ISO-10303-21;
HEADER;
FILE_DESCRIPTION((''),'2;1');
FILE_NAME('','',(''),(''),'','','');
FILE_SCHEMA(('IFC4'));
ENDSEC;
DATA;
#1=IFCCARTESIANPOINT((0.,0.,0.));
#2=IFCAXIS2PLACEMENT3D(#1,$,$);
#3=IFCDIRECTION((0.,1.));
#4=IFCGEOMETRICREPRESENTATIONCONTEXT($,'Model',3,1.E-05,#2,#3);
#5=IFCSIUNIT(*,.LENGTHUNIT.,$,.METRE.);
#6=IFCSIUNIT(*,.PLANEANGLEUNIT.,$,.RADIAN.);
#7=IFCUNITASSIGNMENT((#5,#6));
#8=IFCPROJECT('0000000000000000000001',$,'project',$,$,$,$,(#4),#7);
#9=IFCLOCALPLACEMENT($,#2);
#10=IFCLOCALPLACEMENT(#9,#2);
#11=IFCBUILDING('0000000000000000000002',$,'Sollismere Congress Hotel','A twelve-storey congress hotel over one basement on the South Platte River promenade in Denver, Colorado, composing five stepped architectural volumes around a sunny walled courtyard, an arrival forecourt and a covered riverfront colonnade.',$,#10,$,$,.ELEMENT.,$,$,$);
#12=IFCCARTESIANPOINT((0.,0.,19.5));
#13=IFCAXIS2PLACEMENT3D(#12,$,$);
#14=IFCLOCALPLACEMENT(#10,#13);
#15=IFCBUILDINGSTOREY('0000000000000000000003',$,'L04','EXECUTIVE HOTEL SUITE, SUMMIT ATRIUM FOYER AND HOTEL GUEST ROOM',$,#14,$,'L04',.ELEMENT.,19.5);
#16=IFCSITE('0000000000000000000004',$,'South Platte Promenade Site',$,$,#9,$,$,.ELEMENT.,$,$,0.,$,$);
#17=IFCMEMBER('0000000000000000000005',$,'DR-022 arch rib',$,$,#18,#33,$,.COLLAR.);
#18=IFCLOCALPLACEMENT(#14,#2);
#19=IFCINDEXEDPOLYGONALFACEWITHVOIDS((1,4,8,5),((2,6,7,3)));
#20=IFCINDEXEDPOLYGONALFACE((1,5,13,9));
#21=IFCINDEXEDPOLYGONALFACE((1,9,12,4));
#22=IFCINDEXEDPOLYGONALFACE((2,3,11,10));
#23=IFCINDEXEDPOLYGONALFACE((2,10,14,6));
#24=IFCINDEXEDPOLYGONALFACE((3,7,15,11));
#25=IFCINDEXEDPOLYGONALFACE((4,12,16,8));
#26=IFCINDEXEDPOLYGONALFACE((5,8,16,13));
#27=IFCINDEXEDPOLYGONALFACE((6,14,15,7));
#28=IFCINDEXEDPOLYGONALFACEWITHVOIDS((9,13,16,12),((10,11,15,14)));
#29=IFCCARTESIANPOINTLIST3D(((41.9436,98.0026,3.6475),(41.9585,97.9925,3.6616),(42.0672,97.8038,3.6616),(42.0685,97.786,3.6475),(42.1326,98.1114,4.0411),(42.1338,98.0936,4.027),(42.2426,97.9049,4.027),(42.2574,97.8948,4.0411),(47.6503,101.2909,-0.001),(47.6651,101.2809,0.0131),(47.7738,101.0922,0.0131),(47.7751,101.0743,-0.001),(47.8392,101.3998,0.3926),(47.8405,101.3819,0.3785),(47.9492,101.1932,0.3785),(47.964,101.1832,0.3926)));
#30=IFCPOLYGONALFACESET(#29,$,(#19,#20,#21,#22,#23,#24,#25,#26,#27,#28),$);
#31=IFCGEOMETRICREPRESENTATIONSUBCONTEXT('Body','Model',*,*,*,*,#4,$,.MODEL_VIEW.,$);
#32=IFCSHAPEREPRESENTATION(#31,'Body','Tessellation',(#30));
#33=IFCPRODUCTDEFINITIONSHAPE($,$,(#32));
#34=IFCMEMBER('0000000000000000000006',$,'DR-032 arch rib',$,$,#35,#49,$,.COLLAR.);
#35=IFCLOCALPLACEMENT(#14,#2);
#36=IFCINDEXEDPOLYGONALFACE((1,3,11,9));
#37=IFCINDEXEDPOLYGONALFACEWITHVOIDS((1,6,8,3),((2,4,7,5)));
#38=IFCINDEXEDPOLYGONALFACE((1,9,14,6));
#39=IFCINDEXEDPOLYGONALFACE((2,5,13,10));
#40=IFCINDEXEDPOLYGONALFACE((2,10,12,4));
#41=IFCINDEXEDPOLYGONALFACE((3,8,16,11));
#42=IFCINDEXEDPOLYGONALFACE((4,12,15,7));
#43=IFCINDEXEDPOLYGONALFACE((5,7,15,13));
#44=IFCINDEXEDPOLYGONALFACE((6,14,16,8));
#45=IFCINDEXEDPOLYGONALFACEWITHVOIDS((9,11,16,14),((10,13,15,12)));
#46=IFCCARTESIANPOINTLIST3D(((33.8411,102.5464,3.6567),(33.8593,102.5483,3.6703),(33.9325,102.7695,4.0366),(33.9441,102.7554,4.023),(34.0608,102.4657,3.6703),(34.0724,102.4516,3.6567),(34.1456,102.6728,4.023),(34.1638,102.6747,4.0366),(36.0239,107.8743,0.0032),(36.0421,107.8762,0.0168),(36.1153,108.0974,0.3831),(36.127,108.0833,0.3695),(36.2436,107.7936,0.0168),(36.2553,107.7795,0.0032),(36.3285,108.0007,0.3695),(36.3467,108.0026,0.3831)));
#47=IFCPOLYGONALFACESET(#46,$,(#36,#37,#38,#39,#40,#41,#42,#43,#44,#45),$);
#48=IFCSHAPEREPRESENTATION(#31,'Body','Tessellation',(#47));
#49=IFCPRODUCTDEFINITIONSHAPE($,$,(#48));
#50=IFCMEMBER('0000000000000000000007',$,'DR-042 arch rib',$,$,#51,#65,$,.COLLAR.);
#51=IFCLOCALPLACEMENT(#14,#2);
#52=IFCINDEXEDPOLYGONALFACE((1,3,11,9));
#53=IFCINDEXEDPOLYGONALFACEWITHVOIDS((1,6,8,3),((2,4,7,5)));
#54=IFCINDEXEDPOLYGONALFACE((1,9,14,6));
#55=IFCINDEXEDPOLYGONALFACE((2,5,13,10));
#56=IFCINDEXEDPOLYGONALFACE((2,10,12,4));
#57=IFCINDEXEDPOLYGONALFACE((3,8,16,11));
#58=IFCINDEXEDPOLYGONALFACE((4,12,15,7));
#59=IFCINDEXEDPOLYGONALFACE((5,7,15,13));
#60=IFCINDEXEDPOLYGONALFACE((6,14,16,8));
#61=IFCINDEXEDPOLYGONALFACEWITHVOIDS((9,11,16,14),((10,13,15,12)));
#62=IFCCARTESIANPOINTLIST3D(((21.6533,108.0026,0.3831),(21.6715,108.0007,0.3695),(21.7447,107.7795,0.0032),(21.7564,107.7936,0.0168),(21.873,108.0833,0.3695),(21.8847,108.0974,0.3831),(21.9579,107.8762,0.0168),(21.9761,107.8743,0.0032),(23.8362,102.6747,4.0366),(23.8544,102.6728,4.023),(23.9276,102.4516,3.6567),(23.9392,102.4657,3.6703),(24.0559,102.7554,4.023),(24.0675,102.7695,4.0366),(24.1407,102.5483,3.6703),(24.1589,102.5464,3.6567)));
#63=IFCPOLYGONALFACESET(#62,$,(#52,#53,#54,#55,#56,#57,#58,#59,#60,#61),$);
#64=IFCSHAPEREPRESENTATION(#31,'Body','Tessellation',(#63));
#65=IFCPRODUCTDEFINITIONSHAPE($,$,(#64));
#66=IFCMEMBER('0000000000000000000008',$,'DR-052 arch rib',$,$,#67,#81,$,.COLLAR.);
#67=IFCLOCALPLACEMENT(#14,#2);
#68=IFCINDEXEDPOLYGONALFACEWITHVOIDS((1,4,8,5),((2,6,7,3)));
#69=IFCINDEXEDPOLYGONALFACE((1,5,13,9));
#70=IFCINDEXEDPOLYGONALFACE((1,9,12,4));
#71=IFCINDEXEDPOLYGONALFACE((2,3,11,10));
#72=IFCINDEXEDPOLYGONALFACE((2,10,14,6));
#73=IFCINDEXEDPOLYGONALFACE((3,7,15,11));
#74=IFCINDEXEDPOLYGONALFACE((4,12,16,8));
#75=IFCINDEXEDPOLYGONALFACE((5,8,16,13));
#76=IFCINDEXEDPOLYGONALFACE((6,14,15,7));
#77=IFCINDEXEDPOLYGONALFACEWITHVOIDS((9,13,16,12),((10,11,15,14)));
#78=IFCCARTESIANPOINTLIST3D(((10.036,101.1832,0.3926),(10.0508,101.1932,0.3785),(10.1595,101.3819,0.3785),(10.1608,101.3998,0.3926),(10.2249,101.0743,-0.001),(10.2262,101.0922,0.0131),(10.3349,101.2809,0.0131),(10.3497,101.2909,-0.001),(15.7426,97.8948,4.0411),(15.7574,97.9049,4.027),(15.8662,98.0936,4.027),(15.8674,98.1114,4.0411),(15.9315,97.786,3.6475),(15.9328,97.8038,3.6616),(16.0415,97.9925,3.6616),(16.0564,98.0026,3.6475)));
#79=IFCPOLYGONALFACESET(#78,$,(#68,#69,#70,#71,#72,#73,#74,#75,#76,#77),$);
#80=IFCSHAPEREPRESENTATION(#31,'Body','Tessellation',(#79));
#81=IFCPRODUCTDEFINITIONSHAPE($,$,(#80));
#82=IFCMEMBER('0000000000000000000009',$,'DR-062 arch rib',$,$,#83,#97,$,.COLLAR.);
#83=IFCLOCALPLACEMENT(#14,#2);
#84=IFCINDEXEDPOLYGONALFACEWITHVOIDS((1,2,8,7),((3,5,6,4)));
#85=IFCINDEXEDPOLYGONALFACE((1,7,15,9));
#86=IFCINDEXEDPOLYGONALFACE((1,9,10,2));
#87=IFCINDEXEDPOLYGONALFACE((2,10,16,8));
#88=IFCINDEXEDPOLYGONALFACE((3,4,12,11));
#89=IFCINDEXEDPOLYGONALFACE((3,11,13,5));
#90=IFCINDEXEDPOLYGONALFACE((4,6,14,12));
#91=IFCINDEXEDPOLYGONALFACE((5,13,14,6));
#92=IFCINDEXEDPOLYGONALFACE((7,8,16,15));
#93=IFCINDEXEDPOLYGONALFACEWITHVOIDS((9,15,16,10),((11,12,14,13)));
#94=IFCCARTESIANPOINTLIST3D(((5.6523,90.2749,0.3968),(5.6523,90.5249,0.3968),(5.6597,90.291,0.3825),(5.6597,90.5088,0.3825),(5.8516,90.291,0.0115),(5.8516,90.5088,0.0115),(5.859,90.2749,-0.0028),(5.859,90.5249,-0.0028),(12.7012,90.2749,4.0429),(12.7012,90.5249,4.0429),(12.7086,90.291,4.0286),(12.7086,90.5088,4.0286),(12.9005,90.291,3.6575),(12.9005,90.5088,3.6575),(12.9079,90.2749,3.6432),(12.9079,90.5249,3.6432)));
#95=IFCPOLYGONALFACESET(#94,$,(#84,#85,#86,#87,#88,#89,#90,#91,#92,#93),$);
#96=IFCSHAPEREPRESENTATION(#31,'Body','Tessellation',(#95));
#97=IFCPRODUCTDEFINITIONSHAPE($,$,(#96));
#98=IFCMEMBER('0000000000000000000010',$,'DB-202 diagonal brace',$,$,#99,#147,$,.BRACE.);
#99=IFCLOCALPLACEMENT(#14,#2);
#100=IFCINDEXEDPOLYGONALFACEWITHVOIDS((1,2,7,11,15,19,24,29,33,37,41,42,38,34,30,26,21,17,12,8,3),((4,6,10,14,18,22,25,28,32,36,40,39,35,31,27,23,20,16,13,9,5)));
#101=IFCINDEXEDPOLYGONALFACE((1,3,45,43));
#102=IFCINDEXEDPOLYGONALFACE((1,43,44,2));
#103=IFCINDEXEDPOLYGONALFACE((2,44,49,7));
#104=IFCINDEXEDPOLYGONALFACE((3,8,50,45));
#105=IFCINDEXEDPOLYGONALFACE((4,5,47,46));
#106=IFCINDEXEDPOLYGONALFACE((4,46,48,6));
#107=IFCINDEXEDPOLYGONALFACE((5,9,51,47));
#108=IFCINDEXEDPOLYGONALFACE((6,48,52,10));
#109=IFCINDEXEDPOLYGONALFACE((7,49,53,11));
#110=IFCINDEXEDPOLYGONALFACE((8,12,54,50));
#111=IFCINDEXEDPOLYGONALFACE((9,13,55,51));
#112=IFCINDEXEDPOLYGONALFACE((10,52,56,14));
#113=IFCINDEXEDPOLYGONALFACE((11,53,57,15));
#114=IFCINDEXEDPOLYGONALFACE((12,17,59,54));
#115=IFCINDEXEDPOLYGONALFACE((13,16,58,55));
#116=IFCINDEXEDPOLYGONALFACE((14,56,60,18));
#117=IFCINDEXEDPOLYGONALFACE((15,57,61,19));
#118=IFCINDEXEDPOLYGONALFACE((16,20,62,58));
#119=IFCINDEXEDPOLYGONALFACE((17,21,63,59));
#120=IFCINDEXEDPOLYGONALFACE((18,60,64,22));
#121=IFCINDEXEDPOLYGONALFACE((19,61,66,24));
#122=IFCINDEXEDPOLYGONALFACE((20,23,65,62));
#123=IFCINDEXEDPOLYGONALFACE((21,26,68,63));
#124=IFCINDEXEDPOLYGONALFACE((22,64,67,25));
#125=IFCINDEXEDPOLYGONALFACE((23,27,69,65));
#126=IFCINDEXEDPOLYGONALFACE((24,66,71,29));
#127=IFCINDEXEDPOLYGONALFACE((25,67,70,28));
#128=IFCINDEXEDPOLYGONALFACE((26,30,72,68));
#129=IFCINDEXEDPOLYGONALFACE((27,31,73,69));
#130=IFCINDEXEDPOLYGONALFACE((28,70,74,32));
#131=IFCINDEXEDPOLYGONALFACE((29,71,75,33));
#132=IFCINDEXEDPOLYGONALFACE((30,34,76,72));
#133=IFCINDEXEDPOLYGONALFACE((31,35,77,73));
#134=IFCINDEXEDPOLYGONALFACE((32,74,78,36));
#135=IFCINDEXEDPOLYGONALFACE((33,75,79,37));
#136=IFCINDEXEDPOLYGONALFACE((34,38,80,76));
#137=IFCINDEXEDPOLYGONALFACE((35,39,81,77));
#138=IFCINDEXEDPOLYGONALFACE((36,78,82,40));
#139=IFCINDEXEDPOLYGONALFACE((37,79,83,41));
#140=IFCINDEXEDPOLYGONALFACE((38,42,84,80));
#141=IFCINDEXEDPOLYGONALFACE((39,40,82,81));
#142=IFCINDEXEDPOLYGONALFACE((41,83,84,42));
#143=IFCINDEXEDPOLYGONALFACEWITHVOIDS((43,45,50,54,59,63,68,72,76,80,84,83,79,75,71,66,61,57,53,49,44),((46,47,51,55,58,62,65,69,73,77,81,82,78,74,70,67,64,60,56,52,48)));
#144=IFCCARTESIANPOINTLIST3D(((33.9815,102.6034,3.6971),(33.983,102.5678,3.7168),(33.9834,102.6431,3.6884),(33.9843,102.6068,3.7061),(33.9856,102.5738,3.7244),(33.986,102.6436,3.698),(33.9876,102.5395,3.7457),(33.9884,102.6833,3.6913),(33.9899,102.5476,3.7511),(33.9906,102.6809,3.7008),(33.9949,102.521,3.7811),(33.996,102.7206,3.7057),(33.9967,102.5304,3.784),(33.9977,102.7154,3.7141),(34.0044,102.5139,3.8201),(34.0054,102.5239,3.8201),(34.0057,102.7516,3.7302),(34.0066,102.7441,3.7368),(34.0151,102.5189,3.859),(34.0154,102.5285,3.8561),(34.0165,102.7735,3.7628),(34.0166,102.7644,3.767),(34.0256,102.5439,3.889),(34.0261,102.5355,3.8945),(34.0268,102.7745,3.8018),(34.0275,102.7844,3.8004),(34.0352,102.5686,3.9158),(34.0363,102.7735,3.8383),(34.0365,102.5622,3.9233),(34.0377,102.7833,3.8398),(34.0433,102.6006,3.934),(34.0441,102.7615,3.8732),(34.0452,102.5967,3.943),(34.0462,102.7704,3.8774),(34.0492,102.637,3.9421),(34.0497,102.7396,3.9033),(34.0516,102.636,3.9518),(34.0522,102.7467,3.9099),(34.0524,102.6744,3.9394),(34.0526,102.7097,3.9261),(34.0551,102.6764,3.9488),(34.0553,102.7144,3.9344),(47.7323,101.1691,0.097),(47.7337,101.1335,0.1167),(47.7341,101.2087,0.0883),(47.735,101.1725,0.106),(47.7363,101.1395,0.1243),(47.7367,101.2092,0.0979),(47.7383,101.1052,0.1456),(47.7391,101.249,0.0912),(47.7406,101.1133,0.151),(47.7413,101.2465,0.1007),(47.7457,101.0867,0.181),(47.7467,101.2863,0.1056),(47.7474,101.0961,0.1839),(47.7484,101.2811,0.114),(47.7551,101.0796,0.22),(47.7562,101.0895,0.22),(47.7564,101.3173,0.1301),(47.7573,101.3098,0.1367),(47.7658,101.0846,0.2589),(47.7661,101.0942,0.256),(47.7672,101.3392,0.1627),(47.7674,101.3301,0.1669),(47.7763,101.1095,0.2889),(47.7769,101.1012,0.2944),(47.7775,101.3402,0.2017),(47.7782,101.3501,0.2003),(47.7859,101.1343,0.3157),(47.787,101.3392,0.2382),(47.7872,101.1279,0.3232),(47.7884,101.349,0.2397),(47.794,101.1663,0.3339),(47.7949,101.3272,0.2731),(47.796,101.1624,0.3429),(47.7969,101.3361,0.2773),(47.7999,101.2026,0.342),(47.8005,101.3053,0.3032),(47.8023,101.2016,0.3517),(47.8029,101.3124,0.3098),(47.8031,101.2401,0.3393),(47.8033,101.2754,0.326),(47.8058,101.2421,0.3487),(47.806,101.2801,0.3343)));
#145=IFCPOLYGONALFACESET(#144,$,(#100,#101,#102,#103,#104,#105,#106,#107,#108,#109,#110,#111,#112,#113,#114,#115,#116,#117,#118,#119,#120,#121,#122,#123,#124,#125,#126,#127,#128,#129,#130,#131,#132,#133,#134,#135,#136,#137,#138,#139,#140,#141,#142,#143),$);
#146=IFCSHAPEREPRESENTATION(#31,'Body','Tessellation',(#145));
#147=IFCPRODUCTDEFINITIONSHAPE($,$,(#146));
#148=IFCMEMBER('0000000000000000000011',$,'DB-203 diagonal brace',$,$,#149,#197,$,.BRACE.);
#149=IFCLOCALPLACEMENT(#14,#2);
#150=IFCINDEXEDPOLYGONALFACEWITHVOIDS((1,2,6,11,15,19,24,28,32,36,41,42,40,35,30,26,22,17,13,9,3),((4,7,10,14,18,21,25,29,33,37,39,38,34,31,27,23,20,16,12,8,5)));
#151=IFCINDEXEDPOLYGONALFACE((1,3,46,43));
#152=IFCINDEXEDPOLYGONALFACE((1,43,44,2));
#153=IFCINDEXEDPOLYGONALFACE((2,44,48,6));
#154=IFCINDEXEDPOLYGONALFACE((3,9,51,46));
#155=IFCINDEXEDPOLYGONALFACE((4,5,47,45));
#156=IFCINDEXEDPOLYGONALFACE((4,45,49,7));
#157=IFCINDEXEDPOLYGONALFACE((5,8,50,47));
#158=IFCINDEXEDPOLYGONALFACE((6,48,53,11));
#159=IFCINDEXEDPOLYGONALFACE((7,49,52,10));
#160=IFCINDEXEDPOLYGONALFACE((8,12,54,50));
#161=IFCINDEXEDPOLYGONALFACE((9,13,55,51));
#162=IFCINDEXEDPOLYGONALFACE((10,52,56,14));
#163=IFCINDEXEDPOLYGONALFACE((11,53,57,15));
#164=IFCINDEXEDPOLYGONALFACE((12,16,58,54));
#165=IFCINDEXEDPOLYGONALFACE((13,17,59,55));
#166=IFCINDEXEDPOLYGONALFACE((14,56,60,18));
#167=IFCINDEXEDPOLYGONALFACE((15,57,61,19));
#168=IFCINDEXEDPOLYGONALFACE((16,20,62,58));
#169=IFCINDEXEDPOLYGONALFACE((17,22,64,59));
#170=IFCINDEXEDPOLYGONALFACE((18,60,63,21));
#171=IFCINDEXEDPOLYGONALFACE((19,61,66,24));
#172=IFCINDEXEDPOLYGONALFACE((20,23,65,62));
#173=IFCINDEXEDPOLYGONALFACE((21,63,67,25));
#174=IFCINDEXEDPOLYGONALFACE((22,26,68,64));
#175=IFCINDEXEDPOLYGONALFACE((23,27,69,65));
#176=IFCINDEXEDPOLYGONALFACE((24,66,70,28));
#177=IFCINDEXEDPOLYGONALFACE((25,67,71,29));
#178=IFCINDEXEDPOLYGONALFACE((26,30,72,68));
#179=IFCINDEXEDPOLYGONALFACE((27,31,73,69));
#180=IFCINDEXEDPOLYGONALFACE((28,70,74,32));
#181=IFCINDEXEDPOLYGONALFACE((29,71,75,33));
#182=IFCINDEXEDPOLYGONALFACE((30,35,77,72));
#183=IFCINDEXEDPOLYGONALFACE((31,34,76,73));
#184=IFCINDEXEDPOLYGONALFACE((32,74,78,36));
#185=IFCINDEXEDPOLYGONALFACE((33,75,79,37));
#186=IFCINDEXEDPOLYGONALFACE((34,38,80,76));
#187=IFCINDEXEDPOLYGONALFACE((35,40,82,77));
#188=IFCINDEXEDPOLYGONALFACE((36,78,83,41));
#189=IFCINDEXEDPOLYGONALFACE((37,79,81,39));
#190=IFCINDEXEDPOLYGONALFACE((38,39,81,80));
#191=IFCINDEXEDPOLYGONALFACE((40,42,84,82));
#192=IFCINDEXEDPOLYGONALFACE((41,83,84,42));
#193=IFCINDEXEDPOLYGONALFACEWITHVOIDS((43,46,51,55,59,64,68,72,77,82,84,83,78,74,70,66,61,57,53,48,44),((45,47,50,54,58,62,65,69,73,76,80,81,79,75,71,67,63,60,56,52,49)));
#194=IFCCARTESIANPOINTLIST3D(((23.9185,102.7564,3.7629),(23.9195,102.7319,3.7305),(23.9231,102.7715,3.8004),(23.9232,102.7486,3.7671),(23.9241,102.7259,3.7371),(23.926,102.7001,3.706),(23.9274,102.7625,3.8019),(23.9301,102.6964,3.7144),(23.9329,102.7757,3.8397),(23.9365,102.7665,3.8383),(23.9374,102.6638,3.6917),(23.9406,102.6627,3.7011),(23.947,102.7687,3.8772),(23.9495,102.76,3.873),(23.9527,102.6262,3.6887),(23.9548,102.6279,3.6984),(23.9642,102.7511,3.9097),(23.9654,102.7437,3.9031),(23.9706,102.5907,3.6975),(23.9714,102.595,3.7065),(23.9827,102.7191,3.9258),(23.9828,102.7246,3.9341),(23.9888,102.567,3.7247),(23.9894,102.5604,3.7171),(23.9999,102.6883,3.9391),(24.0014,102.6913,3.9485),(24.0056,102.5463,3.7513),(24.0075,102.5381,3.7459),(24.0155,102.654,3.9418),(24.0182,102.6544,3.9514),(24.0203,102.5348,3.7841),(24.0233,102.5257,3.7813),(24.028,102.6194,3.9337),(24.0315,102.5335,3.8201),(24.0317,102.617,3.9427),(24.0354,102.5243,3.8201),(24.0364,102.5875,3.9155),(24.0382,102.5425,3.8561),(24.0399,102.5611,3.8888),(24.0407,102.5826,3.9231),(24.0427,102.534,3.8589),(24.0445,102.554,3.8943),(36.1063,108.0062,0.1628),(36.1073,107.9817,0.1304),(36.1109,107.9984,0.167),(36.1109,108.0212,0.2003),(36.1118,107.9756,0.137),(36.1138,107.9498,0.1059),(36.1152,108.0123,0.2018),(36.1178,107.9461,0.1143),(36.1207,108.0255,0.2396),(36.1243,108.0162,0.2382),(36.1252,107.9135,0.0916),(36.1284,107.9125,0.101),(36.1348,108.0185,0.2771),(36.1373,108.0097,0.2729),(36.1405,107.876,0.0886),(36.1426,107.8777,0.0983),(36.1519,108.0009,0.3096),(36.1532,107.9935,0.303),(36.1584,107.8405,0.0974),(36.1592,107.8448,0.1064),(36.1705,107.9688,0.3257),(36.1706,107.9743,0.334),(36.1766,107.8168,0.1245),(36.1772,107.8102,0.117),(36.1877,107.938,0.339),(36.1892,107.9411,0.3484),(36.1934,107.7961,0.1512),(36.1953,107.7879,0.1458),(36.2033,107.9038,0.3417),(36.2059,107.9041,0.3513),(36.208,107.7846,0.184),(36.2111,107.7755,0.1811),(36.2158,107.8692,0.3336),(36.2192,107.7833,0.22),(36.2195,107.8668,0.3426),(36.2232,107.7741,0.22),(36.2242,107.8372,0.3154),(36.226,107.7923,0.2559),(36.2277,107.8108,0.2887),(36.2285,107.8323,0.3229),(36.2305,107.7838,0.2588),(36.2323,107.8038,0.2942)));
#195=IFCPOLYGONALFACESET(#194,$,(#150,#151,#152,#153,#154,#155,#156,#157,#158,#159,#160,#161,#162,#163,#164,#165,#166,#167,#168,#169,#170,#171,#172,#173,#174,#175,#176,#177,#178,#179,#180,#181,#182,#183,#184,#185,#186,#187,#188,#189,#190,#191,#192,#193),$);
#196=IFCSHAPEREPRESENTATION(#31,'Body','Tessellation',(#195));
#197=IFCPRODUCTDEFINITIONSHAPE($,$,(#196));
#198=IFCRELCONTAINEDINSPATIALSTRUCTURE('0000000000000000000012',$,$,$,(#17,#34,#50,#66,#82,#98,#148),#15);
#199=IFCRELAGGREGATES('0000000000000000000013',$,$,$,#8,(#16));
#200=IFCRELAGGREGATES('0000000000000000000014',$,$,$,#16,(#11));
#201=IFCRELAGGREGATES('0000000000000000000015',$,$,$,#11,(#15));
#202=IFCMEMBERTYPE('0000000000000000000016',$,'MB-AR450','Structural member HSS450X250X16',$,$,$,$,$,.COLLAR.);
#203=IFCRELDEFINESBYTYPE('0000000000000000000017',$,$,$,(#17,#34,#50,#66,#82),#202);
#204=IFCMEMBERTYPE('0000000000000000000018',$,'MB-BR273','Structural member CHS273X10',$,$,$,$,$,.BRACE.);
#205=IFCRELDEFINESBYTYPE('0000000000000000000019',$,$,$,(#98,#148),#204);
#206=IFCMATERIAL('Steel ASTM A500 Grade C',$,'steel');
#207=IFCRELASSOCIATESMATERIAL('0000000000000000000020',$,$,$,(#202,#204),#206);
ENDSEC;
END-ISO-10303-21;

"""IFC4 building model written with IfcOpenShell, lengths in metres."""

from ifc_helpers import new_model, si_unit, direction, frame, origin, origin_2d, place, context, subcontext, project, spatial, hollow_rectangle, hollow_circle, extrude, material, material_profile, profile_set, type_object, element, save


model = new_model("IFC4")

# Units and contexts
model_context = context("Model", 3, precision=1e-05, world=origin(), true_north=direction((0.0, 1.0)))
body_context = subcontext(model_context, "Body", "Model", "MODEL_VIEW")
ifc_project = project(units=[si_unit("LENGTHUNIT", "METRE"), si_unit("PLANEANGLEUNIT", "RADIAN")], contexts=[model_context])

# Site, building, storey
site_placement = place(None, origin())
site = spatial("IfcSite", under=ifc_project, at=site_placement, Name="South Platte Promenade Site", CompositionType="ELEMENT", RefElevation=0.0)
building_placement = place(site_placement, origin())
building = spatial("IfcBuilding", under=site, at=building_placement, Name="Sollismere Congress Hotel", Description="A twelve-storey congress hotel over one basement on the South Platte River promenade in Denver, Colorado, composing five stepped architectural volumes around a sunny walled courtyard, an arrival forecourt and a covered riverfront colonnade.", CompositionType="ELEMENT")
storey_placement = place(building_placement, frame((0.0, 0.0, 19.5)))
storey = spatial("IfcBuildingStorey", under=building, at=storey_placement, Name="L04", Description="EXECUTIVE HOTEL SUITE, SUMMIT ATRIUM FOYER AND HOTEL GUEST ROOM", LongName="L04", CompositionType="ELEMENT", Elevation=19.5)

# Members
ifc_material_1 = material(Name="Steel ASTM A500 Grade C", Category="steel")
ifc_material_profile_1 = material_profile(ifc_material_1, hollow_rectangle(XDim=0.25, YDim=0.45, WallThickness=0.0161, at=origin_2d()), Name="HSS450X250X16")
ifc_profile_set_1 = profile_set([ifc_material_profile_1], Name="Steel ASTM A500 Grade C")
member_type_1 = type_object("IfcMemberType", Name="MB-AR450", Description="Structural member HSS450X250X16", PredefinedType="COLLAR", material=ifc_profile_set_1)
member_1_placement = place(storey_placement, frame((47.8071, 101.2371, 0.1958), z_axis=(-0.757922, -0.436744, 0.484572), x_axis=(0.499277, -0.866442, 0.0)))
element("IfcMember", 1, at=member_1_placement, inside=storey, type_object=member_type_1, Name="DR-022 arch rib", PredefinedType="COLLAR", context=body_context, shape_type="SweptSolid", body=[
    extrude(hollow_rectangle(XDim=0.25, YDim=0.45, WallThickness=0.0161, at=origin_2d()), origin(), (0.0, 0.0, 1.0), 7.5293),
])
for number, where, z_axis, x_axis, name in (
    (2, (36.1853, 107.9385, 0.1931), (-0.320111, -0.781321, 0.535786), (0.925348, -0.37912, 0.0), "DR-032 arch rib"),
    (3, (21.8147, 107.9385, 0.1931), (0.320111, -0.781321, 0.535786), (0.925348, 0.37912, 0.0), "DR-042 arch rib"),
):
    element("IfcMember", number, at=place(storey_placement, frame(where, z_axis=z_axis, x_axis=x_axis)), inside=storey, type_object=member_type_1, Name=name, PredefinedType="COLLAR", context=body_context, shape_type="SweptSolid", body=[
        extrude(hollow_rectangle(XDim=0.25, YDim=0.45, WallThickness=0.0161, at=origin_2d()), origin(), (0.0, 0.0, 1.0), 6.8191),
    ])
member_2_placement = place(storey_placement, frame((10.1929, 101.2371, 0.1958), z_axis=(0.757922, -0.436744, 0.484572), x_axis=(0.499277, 0.866442, 0.0)))
element("IfcMember", 4, at=member_2_placement, inside=storey, type_object=member_type_1, Name="DR-052 arch rib", PredefinedType="COLLAR", context=body_context, shape_type="SweptSolid", body=[
    extrude(hollow_rectangle(XDim=0.25, YDim=0.45, WallThickness=0.0161, at=origin_2d()), origin(), (0.0, 0.0, 1.0), 7.5293),
])
member_3_placement = place(storey_placement, frame((5.7556, 90.3999, 0.197), z_axis=(0.888215, 0.0, 0.459428), x_axis=(0.0, 1.0, 0.0)))
element("IfcMember", 5, at=member_3_placement, inside=storey, type_object=member_type_1, Name="DR-062 arch rib", PredefinedType="COLLAR", context=body_context, shape_type="SweptSolid", body=[
    extrude(hollow_rectangle(XDim=0.25, YDim=0.45, WallThickness=0.0161, at=origin_2d()), origin(), (0.0, 0.0, 1.0), 7.936),
])
ifc_material_profile_2 = material_profile(ifc_material_1, hollow_circle(Radius=0.1365, WallThickness=0.01, at=origin_2d()), Name="CHS273X10")
ifc_profile_set_2 = profile_set([ifc_material_profile_2], Name="Steel ASTM A500 Grade C")
member_type_2 = type_object("IfcMemberType", Name="MB-BR273", Description="Structural member CHS273X10", PredefinedType="BRACE", material=ifc_profile_set_2)
member_4_placement = place(storey_placement, frame((47.7693, 101.2153, 0.22), z_axis=(-0.962506, 0.100398, 0.251995), x_axis=(-0.103746, -0.994604, 0.0)))
element("IfcMember", 6, at=member_4_placement, inside=storey, type_object=member_type_2, Name="DB-202 diagonal brace", PredefinedType="BRACE", context=body_context, shape_type="SweptSolid", body=[
    extrude(hollow_circle(Radius=0.1365, WallThickness=0.01, at=origin_2d()), origin(), (0.0, 0.0, 1.0), 14.2864),
])
member_5_placement = place(storey_placement, frame((36.1692, 107.8994, 0.22), z_axis=(-0.886383, -0.381801, 0.261826), x_axis=(0.395602, -0.918422, 0.0)))
element("IfcMember", 7, at=member_5_placement, inside=storey, type_object=member_type_2, Name="DB-203 diagonal brace", PredefinedType="BRACE", context=body_context, shape_type="SweptSolid", body=[
    extrude(hollow_circle(Radius=0.1365, WallThickness=0.01, at=origin_2d()), origin(), (0.0, 0.0, 1.0), 13.75),
])

save(model, "model.ifc")
